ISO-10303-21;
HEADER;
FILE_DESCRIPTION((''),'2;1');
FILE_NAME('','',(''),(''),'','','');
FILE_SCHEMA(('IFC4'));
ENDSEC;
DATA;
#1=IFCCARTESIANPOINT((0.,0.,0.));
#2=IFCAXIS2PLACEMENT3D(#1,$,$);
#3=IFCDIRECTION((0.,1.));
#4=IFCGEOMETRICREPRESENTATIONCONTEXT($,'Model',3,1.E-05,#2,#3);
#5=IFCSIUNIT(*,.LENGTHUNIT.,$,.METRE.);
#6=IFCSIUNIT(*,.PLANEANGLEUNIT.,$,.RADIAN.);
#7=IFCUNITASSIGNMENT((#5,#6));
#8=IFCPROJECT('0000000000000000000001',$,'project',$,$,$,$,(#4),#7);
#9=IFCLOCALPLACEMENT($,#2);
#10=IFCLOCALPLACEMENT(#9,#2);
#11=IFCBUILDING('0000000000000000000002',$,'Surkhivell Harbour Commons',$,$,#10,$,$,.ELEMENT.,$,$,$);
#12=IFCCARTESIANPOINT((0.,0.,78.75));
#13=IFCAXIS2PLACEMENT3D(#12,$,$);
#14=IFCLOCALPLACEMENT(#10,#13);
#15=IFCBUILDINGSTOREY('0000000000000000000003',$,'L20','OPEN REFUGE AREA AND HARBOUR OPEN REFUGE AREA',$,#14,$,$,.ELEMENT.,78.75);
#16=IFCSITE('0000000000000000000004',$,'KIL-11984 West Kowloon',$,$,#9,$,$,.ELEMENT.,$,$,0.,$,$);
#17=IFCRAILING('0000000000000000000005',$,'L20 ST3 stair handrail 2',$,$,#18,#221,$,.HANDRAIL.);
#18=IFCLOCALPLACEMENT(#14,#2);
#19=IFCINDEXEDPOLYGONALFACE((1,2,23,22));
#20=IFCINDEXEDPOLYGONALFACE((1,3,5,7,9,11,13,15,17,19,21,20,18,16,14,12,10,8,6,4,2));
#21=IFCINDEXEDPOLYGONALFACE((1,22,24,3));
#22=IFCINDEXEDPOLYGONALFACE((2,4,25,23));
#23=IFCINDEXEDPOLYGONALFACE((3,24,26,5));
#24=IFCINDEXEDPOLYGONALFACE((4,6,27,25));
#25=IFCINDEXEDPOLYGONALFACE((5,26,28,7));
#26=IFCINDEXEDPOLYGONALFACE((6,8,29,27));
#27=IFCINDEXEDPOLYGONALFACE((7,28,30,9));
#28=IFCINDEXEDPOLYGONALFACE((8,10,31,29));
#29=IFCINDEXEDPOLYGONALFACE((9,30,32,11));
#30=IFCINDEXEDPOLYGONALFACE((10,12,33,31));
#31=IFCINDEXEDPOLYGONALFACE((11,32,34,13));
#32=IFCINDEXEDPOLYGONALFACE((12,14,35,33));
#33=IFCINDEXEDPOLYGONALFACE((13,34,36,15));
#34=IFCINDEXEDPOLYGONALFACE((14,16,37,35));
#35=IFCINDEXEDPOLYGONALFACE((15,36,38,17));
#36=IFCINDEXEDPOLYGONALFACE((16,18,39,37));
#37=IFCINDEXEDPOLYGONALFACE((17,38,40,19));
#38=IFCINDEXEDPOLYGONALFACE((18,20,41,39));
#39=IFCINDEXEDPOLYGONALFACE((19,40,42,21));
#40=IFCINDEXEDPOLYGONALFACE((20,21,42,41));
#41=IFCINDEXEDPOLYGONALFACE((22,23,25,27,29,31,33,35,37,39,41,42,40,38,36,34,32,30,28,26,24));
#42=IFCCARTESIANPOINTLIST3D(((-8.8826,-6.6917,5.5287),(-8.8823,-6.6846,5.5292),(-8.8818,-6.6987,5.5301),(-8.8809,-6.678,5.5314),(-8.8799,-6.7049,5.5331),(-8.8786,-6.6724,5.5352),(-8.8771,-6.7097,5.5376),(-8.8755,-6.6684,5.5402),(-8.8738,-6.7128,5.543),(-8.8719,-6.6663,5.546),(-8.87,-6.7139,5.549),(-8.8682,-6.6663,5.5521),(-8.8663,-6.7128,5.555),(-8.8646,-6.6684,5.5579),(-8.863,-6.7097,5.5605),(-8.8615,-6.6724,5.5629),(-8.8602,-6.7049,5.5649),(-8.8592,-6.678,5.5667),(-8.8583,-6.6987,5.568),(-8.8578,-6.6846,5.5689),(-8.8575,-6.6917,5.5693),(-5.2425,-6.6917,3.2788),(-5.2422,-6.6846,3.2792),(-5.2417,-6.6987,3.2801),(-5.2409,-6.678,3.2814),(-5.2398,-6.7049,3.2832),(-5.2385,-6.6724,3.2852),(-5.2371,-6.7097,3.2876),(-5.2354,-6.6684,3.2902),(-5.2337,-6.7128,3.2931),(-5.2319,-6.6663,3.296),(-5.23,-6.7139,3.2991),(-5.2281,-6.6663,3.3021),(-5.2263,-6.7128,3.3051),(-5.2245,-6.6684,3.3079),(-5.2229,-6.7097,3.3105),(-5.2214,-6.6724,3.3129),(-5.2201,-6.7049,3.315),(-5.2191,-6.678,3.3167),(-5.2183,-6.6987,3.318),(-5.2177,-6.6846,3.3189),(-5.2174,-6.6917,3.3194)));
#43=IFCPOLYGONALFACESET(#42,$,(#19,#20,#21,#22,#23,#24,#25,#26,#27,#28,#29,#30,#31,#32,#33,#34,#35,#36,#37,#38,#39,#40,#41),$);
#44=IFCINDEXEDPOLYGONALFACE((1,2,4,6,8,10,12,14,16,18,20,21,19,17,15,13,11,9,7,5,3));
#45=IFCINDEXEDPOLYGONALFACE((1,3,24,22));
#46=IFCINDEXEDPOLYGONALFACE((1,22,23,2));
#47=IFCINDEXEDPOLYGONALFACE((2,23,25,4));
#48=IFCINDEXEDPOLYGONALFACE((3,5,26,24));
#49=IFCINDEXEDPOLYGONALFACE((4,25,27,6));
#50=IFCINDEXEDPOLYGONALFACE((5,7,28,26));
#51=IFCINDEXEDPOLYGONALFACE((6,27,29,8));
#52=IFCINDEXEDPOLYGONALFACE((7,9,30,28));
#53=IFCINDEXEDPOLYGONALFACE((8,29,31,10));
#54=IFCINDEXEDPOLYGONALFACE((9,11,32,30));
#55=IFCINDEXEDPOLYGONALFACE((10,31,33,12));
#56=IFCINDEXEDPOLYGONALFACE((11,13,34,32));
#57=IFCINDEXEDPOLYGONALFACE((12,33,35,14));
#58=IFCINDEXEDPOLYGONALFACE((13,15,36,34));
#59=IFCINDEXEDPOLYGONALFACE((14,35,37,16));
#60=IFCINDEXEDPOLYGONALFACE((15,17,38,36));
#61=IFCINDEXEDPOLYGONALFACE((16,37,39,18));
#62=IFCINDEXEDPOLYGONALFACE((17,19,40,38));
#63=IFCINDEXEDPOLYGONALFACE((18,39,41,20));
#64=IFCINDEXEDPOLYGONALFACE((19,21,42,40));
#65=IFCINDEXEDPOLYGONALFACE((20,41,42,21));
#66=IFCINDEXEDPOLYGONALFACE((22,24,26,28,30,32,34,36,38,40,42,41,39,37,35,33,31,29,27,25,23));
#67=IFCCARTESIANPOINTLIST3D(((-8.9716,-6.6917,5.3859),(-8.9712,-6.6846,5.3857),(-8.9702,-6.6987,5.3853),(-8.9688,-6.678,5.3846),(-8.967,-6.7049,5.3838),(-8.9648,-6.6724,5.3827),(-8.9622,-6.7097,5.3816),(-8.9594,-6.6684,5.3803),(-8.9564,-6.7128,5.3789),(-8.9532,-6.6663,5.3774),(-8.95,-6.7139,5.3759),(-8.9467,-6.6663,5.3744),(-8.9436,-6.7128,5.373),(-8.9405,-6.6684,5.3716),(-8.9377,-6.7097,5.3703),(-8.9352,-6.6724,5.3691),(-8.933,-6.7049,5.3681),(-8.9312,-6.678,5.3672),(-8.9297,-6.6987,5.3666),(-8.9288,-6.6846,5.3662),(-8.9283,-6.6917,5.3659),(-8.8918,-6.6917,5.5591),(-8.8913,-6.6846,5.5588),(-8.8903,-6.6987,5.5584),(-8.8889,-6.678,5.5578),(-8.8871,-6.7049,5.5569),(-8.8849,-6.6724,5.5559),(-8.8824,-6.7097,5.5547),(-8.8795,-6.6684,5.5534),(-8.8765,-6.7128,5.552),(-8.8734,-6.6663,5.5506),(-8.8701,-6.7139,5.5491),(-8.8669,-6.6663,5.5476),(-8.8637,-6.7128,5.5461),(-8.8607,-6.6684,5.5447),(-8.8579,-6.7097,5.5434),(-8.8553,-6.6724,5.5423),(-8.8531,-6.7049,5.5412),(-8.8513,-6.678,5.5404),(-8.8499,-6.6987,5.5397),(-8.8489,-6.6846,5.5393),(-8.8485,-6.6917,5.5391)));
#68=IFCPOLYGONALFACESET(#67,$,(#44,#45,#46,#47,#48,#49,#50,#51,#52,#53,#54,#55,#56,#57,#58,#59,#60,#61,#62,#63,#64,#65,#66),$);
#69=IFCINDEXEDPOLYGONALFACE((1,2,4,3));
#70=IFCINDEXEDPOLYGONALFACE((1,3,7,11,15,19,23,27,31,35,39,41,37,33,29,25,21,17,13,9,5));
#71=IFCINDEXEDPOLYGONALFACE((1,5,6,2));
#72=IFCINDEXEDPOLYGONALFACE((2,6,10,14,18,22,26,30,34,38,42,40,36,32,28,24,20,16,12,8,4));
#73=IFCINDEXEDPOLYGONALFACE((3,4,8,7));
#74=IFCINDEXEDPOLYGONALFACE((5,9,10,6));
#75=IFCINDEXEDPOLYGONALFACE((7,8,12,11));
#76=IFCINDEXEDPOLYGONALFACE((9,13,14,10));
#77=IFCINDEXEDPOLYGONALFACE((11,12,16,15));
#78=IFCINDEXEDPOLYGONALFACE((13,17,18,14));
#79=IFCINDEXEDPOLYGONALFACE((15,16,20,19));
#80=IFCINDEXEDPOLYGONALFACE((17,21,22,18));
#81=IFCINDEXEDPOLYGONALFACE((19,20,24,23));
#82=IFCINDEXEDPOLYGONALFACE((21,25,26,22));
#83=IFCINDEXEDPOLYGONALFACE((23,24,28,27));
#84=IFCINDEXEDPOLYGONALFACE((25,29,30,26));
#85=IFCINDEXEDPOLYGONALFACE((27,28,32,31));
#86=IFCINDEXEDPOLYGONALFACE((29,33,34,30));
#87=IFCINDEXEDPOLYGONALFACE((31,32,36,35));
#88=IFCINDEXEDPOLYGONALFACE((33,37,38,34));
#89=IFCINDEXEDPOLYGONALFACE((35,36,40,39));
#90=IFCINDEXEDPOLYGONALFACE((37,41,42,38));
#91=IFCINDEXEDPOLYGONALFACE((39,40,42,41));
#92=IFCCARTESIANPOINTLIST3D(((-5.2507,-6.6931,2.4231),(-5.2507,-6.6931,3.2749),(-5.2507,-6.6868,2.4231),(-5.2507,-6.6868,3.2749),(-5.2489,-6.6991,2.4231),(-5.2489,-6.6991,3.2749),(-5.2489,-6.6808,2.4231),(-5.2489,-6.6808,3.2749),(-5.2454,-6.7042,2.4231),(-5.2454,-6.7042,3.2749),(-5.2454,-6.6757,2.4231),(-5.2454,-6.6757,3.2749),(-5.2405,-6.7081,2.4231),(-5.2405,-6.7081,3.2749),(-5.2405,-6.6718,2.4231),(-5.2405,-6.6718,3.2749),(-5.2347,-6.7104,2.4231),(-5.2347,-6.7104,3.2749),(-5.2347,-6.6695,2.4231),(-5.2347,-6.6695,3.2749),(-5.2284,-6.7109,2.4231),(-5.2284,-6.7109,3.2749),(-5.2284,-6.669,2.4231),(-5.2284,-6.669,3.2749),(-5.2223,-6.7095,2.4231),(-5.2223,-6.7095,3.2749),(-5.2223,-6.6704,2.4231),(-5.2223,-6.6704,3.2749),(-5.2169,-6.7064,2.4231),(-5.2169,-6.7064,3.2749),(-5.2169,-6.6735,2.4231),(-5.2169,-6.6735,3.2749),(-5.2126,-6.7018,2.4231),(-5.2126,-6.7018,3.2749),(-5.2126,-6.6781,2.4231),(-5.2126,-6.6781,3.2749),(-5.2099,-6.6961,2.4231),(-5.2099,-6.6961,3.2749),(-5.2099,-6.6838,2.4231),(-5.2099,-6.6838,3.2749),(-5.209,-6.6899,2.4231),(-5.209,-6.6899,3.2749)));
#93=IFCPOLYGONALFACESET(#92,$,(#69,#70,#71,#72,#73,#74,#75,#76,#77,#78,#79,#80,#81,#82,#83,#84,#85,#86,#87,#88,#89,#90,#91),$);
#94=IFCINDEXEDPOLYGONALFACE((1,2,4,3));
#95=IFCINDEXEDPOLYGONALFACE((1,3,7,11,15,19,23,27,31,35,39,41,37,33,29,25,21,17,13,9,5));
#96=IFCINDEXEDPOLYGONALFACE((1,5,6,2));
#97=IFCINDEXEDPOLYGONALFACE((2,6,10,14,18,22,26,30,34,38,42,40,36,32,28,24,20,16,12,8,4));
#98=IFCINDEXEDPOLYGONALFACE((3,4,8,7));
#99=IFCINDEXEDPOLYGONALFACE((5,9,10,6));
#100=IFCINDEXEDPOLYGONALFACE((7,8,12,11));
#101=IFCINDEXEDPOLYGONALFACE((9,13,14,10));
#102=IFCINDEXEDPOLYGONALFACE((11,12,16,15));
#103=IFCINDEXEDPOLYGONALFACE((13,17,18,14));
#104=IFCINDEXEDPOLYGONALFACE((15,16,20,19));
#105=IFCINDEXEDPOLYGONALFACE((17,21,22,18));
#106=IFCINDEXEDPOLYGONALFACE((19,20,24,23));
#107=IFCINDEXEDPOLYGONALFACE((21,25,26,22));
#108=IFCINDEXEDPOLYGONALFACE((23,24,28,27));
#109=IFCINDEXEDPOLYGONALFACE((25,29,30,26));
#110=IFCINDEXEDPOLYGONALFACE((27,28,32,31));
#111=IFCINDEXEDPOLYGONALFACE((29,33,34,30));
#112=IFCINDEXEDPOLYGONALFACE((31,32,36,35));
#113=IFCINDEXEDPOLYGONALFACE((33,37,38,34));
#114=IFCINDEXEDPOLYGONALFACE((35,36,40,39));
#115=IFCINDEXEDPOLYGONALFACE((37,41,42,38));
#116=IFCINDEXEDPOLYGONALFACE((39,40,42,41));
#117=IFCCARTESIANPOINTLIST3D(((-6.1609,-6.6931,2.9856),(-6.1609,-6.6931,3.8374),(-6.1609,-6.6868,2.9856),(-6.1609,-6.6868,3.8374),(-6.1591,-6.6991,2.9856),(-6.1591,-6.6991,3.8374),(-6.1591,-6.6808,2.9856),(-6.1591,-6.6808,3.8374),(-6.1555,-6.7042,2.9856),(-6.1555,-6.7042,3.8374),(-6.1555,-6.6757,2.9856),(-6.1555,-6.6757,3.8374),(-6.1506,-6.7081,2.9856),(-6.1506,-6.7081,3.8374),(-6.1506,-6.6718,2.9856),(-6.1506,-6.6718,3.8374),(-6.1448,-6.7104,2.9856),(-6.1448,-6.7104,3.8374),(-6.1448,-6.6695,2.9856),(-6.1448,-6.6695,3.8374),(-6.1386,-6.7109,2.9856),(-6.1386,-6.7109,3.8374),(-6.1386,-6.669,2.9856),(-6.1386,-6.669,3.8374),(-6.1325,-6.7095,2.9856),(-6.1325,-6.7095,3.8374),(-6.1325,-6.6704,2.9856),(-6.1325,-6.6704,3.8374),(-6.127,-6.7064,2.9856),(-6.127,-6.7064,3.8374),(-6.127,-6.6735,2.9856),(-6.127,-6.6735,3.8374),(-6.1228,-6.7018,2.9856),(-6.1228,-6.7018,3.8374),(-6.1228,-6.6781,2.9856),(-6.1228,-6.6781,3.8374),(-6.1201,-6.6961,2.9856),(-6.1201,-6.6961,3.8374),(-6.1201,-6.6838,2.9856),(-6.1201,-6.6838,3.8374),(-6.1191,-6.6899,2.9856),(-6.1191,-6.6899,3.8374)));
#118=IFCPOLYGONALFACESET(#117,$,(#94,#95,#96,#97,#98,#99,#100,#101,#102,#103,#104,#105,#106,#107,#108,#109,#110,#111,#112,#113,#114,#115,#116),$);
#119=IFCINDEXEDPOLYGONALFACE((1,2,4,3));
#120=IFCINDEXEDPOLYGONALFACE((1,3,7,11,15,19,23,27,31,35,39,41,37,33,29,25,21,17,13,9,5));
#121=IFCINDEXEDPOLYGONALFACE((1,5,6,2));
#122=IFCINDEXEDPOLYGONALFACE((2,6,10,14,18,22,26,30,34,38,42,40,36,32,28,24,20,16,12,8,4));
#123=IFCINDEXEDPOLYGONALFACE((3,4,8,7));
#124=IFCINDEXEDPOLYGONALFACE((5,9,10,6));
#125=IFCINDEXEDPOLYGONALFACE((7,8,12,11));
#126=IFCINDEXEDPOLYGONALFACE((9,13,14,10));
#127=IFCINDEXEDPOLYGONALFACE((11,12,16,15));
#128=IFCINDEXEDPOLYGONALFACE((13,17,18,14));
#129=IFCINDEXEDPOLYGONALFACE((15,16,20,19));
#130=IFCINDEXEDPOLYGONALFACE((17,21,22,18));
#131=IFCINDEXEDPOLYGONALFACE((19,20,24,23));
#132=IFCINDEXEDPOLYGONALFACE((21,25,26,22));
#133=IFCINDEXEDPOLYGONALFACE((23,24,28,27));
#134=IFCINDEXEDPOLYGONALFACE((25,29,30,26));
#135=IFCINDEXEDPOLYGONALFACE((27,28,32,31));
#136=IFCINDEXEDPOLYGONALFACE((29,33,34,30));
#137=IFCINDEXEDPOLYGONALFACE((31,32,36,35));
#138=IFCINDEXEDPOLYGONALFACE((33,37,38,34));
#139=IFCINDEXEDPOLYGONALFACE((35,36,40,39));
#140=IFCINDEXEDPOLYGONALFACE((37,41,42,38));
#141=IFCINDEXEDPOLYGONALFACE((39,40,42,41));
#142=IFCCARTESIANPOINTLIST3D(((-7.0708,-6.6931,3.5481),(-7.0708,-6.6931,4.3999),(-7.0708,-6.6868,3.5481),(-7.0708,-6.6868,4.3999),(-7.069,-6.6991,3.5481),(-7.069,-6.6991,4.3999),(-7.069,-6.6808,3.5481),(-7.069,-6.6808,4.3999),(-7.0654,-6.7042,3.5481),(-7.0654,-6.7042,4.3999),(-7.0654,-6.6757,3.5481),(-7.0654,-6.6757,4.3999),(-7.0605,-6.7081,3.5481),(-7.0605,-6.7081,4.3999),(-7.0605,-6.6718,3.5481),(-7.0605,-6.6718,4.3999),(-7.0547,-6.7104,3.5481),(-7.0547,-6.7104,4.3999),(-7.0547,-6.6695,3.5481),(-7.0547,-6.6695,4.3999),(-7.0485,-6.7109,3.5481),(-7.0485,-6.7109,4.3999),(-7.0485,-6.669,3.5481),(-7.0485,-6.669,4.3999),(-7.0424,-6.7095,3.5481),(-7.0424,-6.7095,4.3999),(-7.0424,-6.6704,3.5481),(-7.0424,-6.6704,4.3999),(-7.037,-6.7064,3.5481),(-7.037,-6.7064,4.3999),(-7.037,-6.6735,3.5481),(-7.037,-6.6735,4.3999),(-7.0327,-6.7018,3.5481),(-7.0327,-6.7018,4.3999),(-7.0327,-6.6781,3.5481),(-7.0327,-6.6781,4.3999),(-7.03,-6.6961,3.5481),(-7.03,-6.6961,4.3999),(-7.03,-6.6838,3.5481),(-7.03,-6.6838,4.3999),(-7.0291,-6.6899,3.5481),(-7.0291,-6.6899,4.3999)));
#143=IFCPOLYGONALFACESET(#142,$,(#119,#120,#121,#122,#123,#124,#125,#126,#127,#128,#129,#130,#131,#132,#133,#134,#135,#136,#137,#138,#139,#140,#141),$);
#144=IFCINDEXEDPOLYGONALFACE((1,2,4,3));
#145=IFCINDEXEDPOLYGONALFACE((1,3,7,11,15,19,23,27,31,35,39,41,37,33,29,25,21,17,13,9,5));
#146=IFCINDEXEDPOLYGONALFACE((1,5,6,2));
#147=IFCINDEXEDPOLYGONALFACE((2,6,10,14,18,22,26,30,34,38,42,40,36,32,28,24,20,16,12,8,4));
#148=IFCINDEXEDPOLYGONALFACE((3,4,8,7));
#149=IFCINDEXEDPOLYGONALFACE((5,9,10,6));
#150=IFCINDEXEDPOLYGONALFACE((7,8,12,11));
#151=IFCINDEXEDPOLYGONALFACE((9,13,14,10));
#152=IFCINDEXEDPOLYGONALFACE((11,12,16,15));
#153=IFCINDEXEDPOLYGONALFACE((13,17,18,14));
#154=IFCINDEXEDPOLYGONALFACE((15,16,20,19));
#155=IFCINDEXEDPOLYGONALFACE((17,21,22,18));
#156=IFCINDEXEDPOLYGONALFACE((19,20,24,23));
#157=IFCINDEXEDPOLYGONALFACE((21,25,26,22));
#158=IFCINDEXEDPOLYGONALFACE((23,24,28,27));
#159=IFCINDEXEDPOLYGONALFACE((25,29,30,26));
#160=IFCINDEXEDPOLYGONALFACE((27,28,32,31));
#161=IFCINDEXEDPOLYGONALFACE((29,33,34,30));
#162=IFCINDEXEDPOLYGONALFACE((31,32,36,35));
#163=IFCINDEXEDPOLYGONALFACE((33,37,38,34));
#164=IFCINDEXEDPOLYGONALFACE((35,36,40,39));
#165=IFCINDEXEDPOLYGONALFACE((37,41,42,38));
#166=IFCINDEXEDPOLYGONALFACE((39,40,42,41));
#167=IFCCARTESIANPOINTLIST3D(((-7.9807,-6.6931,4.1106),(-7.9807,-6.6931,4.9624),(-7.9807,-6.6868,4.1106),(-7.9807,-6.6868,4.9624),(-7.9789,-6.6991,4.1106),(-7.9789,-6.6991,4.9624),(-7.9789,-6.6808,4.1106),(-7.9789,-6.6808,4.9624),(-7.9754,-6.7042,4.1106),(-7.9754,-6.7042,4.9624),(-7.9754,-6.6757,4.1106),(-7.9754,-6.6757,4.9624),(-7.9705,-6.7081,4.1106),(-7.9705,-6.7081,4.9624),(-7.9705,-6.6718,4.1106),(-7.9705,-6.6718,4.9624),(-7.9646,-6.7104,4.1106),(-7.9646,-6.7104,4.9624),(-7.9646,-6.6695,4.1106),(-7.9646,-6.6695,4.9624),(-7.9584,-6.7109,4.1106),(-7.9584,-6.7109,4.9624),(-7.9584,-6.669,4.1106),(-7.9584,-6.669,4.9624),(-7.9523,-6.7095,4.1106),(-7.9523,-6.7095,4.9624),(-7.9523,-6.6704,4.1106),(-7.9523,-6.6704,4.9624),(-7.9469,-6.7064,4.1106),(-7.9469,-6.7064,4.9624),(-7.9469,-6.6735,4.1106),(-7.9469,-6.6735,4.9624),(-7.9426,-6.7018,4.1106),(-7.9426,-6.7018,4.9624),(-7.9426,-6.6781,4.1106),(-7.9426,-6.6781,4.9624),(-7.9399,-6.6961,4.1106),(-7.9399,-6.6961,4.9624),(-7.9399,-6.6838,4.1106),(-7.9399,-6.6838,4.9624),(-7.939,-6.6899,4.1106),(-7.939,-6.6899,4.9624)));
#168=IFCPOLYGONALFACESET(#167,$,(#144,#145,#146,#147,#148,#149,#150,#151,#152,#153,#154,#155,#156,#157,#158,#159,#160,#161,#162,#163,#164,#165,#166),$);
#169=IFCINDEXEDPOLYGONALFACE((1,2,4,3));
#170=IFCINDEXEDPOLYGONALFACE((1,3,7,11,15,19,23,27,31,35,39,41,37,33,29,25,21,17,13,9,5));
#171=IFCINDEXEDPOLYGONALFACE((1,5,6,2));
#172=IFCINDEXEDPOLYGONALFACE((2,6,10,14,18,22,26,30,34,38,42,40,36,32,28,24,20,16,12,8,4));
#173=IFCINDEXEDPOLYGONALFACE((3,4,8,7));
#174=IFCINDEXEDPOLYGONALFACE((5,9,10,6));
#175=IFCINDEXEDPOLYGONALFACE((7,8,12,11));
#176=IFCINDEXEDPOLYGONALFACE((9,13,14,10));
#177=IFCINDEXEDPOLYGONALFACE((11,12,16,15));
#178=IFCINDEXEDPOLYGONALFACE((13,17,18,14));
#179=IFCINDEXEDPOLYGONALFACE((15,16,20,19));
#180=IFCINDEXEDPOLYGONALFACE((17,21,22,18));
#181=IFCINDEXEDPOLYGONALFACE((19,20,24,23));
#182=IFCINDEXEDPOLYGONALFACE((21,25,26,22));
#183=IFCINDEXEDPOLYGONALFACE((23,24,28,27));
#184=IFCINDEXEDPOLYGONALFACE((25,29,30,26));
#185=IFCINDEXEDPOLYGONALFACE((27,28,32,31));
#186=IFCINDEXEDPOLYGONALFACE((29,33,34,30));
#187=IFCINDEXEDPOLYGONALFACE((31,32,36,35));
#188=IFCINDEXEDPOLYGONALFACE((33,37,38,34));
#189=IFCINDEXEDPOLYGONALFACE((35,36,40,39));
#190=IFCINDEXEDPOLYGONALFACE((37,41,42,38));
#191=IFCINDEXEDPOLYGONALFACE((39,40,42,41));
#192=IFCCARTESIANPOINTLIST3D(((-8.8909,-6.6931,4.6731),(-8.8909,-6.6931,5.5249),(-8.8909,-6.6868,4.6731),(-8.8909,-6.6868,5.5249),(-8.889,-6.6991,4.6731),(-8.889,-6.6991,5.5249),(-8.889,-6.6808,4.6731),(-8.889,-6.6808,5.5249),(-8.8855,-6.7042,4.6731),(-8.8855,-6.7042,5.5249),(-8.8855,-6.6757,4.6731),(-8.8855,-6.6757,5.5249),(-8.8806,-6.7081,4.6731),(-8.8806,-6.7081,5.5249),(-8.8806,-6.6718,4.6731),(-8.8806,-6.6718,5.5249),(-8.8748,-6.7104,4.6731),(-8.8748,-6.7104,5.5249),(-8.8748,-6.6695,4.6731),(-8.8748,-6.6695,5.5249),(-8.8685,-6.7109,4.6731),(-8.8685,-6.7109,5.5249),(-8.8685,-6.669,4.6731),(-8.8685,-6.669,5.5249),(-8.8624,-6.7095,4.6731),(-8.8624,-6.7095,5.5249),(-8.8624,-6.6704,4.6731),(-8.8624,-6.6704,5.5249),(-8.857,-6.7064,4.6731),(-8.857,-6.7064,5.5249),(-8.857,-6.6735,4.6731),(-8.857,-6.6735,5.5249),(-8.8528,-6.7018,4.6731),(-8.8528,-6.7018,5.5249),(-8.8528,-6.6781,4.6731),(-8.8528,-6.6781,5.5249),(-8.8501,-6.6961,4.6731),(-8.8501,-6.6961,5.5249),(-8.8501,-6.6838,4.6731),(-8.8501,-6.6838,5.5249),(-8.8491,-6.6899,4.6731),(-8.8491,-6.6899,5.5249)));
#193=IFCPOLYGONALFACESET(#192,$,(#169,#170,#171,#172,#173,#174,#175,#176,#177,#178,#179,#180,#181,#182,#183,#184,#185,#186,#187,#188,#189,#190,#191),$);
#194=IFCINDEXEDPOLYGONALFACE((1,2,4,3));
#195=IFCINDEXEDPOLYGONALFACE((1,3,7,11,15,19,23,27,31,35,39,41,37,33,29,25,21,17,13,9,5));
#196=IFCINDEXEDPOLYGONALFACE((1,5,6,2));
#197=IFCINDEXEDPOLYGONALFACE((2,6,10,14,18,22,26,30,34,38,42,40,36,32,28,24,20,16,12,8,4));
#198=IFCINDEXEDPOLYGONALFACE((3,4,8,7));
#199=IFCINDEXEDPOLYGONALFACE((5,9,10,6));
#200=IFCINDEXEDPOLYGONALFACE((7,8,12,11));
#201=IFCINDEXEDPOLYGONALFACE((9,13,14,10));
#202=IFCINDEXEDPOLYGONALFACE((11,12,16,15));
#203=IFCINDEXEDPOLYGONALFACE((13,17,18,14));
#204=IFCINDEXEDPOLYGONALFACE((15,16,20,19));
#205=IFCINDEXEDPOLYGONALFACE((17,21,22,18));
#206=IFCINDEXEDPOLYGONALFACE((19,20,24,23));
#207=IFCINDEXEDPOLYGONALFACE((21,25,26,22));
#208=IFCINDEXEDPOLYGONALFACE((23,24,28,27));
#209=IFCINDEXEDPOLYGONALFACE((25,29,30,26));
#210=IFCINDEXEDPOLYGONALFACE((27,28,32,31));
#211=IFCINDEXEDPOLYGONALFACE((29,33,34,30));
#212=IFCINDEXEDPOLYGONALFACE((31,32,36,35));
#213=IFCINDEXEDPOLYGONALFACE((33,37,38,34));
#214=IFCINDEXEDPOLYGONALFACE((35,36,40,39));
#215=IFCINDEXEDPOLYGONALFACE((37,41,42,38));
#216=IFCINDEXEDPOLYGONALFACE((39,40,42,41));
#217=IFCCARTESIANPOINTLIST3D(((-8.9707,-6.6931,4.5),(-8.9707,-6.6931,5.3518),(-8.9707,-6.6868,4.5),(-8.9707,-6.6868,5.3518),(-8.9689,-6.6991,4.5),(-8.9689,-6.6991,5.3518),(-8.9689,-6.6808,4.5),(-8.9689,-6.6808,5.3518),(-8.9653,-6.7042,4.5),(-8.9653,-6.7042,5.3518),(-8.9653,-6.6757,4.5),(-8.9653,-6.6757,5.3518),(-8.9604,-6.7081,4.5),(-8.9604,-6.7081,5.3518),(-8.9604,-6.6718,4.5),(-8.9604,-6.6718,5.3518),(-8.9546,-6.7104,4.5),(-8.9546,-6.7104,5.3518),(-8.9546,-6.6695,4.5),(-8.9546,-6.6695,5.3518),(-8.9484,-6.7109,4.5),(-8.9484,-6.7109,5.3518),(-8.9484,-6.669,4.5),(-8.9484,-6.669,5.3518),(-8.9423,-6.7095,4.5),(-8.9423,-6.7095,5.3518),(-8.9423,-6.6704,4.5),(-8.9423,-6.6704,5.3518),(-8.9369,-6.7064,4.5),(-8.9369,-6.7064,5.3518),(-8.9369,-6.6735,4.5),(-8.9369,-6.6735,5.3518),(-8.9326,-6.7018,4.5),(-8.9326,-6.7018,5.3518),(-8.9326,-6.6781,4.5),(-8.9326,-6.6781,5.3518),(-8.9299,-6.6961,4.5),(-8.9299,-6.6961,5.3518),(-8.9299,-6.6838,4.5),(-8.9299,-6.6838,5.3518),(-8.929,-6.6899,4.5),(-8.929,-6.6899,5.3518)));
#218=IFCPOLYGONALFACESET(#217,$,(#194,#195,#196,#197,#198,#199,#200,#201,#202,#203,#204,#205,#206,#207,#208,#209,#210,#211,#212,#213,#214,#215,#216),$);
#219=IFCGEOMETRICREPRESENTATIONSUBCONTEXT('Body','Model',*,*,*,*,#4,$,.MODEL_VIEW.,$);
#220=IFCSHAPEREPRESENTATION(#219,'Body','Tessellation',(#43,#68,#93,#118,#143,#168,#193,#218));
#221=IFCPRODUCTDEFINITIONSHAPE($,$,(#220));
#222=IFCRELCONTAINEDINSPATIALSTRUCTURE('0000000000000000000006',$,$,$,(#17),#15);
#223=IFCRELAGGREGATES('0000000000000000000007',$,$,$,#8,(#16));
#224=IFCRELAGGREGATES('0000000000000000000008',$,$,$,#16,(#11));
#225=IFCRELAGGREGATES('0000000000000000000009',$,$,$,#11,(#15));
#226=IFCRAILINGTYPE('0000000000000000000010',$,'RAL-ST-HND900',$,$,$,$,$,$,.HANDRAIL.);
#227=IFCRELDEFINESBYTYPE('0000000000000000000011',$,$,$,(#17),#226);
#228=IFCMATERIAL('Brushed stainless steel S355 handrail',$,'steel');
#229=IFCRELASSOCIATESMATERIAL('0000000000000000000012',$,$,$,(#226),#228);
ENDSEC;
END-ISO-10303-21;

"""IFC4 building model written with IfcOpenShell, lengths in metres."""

from ifc_helpers import new_model, si_unit, direction, frame, origin, origin_2d, place, context, subcontext, project, spatial, circle, extrude, material, type_object, element, save


model = new_model("IFC4")

# Units and contexts
model_context = context("Model", 3, precision=1e-05, world=origin(), true_north=direction((0.0, 1.0)))
body_context = subcontext(model_context, "Body", "Model", "MODEL_VIEW")
ifc_project = project(units=[si_unit("LENGTHUNIT", "METRE"), si_unit("PLANEANGLEUNIT", "RADIAN")], contexts=[model_context])

# Site, building, storey
site_placement = place(None, origin())
site = spatial("IfcSite", under=ifc_project, at=site_placement, Name="KIL-11984 West Kowloon", CompositionType="ELEMENT", RefElevation=0.0)
building_placement = place(site_placement, origin())
building = spatial("IfcBuilding", under=site, at=building_placement, Name="Surkhivell Harbour Commons", CompositionType="ELEMENT")
storey_placement = place(building_placement, frame((0.0, 0.0, 78.75)))
storey = spatial("IfcBuildingStorey", under=building, at=storey_placement, Name="L20", Description="OPEN REFUGE AREA AND HARBOUR OPEN REFUGE AREA", CompositionType="ELEMENT", Elevation=78.75)

# Railing
ifc_material_1 = material(Name="Brushed stainless steel S355 handrail", Category="steel")
railing_type_1 = type_object("IfcRailingType", Name="RAL-ST-HND900", PredefinedType="HANDRAIL", material=ifc_material_1)
railing_1_placement = place(storey_placement, frame((-5.23, -6.6899, 2.4231)))
element("IfcRailing", 1, at=railing_1_placement, inside=storey, type_object=railing_type_1, Name="L20 ST3 stair handrail 2", PredefinedType="HANDRAIL", context=body_context, shape_type="SweptSolid", body=[
    extrude(circle(Radius=0.0239, at=origin_2d()), frame((0.0, 0.0, 0.876), z_axis=(-0.850622, 0.0, 0.525777), x_axis=(0.0, -1.0, 0.0)), (0.0, 0.0, 1.0), 4.2793),
    extrude(circle(Radius=0.0239, at=origin_2d()), frame((-3.6401, 0.0, 3.126), z_axis=(-0.418815, 0.0, -0.908072), x_axis=(0.0, -1.0, 0.0)), (0.0, 0.0, 1.0), 0.1907),
    extrude(circle(Radius=0.021, at=origin_2d()), origin(), (0.0, 0.0, 1.0), 0.8518),
    extrude(circle(Radius=0.021, at=origin_2d()), frame((-0.9102, 0.0, 0.5625)), (0.0, 0.0, 1.0), 0.8518),
    extrude(circle(Radius=0.021, at=origin_2d()), frame((-1.8201, 0.0, 1.125)), (0.0, 0.0, 1.0), 0.8518),
    extrude(circle(Radius=0.021, at=origin_2d()), frame((-2.73, 0.0, 1.6875)), (0.0, 0.0, 1.0), 0.8518),
    extrude(circle(Radius=0.021, at=origin_2d()), frame((-3.6401, 0.0, 2.25)), (0.0, 0.0, 1.0), 0.8518),
    extrude(circle(Radius=0.021, at=origin_2d()), frame((-3.72, 0.0, 2.0769)), (0.0, 0.0, 1.0), 0.8518),
])

save(model, "model.ifc")
